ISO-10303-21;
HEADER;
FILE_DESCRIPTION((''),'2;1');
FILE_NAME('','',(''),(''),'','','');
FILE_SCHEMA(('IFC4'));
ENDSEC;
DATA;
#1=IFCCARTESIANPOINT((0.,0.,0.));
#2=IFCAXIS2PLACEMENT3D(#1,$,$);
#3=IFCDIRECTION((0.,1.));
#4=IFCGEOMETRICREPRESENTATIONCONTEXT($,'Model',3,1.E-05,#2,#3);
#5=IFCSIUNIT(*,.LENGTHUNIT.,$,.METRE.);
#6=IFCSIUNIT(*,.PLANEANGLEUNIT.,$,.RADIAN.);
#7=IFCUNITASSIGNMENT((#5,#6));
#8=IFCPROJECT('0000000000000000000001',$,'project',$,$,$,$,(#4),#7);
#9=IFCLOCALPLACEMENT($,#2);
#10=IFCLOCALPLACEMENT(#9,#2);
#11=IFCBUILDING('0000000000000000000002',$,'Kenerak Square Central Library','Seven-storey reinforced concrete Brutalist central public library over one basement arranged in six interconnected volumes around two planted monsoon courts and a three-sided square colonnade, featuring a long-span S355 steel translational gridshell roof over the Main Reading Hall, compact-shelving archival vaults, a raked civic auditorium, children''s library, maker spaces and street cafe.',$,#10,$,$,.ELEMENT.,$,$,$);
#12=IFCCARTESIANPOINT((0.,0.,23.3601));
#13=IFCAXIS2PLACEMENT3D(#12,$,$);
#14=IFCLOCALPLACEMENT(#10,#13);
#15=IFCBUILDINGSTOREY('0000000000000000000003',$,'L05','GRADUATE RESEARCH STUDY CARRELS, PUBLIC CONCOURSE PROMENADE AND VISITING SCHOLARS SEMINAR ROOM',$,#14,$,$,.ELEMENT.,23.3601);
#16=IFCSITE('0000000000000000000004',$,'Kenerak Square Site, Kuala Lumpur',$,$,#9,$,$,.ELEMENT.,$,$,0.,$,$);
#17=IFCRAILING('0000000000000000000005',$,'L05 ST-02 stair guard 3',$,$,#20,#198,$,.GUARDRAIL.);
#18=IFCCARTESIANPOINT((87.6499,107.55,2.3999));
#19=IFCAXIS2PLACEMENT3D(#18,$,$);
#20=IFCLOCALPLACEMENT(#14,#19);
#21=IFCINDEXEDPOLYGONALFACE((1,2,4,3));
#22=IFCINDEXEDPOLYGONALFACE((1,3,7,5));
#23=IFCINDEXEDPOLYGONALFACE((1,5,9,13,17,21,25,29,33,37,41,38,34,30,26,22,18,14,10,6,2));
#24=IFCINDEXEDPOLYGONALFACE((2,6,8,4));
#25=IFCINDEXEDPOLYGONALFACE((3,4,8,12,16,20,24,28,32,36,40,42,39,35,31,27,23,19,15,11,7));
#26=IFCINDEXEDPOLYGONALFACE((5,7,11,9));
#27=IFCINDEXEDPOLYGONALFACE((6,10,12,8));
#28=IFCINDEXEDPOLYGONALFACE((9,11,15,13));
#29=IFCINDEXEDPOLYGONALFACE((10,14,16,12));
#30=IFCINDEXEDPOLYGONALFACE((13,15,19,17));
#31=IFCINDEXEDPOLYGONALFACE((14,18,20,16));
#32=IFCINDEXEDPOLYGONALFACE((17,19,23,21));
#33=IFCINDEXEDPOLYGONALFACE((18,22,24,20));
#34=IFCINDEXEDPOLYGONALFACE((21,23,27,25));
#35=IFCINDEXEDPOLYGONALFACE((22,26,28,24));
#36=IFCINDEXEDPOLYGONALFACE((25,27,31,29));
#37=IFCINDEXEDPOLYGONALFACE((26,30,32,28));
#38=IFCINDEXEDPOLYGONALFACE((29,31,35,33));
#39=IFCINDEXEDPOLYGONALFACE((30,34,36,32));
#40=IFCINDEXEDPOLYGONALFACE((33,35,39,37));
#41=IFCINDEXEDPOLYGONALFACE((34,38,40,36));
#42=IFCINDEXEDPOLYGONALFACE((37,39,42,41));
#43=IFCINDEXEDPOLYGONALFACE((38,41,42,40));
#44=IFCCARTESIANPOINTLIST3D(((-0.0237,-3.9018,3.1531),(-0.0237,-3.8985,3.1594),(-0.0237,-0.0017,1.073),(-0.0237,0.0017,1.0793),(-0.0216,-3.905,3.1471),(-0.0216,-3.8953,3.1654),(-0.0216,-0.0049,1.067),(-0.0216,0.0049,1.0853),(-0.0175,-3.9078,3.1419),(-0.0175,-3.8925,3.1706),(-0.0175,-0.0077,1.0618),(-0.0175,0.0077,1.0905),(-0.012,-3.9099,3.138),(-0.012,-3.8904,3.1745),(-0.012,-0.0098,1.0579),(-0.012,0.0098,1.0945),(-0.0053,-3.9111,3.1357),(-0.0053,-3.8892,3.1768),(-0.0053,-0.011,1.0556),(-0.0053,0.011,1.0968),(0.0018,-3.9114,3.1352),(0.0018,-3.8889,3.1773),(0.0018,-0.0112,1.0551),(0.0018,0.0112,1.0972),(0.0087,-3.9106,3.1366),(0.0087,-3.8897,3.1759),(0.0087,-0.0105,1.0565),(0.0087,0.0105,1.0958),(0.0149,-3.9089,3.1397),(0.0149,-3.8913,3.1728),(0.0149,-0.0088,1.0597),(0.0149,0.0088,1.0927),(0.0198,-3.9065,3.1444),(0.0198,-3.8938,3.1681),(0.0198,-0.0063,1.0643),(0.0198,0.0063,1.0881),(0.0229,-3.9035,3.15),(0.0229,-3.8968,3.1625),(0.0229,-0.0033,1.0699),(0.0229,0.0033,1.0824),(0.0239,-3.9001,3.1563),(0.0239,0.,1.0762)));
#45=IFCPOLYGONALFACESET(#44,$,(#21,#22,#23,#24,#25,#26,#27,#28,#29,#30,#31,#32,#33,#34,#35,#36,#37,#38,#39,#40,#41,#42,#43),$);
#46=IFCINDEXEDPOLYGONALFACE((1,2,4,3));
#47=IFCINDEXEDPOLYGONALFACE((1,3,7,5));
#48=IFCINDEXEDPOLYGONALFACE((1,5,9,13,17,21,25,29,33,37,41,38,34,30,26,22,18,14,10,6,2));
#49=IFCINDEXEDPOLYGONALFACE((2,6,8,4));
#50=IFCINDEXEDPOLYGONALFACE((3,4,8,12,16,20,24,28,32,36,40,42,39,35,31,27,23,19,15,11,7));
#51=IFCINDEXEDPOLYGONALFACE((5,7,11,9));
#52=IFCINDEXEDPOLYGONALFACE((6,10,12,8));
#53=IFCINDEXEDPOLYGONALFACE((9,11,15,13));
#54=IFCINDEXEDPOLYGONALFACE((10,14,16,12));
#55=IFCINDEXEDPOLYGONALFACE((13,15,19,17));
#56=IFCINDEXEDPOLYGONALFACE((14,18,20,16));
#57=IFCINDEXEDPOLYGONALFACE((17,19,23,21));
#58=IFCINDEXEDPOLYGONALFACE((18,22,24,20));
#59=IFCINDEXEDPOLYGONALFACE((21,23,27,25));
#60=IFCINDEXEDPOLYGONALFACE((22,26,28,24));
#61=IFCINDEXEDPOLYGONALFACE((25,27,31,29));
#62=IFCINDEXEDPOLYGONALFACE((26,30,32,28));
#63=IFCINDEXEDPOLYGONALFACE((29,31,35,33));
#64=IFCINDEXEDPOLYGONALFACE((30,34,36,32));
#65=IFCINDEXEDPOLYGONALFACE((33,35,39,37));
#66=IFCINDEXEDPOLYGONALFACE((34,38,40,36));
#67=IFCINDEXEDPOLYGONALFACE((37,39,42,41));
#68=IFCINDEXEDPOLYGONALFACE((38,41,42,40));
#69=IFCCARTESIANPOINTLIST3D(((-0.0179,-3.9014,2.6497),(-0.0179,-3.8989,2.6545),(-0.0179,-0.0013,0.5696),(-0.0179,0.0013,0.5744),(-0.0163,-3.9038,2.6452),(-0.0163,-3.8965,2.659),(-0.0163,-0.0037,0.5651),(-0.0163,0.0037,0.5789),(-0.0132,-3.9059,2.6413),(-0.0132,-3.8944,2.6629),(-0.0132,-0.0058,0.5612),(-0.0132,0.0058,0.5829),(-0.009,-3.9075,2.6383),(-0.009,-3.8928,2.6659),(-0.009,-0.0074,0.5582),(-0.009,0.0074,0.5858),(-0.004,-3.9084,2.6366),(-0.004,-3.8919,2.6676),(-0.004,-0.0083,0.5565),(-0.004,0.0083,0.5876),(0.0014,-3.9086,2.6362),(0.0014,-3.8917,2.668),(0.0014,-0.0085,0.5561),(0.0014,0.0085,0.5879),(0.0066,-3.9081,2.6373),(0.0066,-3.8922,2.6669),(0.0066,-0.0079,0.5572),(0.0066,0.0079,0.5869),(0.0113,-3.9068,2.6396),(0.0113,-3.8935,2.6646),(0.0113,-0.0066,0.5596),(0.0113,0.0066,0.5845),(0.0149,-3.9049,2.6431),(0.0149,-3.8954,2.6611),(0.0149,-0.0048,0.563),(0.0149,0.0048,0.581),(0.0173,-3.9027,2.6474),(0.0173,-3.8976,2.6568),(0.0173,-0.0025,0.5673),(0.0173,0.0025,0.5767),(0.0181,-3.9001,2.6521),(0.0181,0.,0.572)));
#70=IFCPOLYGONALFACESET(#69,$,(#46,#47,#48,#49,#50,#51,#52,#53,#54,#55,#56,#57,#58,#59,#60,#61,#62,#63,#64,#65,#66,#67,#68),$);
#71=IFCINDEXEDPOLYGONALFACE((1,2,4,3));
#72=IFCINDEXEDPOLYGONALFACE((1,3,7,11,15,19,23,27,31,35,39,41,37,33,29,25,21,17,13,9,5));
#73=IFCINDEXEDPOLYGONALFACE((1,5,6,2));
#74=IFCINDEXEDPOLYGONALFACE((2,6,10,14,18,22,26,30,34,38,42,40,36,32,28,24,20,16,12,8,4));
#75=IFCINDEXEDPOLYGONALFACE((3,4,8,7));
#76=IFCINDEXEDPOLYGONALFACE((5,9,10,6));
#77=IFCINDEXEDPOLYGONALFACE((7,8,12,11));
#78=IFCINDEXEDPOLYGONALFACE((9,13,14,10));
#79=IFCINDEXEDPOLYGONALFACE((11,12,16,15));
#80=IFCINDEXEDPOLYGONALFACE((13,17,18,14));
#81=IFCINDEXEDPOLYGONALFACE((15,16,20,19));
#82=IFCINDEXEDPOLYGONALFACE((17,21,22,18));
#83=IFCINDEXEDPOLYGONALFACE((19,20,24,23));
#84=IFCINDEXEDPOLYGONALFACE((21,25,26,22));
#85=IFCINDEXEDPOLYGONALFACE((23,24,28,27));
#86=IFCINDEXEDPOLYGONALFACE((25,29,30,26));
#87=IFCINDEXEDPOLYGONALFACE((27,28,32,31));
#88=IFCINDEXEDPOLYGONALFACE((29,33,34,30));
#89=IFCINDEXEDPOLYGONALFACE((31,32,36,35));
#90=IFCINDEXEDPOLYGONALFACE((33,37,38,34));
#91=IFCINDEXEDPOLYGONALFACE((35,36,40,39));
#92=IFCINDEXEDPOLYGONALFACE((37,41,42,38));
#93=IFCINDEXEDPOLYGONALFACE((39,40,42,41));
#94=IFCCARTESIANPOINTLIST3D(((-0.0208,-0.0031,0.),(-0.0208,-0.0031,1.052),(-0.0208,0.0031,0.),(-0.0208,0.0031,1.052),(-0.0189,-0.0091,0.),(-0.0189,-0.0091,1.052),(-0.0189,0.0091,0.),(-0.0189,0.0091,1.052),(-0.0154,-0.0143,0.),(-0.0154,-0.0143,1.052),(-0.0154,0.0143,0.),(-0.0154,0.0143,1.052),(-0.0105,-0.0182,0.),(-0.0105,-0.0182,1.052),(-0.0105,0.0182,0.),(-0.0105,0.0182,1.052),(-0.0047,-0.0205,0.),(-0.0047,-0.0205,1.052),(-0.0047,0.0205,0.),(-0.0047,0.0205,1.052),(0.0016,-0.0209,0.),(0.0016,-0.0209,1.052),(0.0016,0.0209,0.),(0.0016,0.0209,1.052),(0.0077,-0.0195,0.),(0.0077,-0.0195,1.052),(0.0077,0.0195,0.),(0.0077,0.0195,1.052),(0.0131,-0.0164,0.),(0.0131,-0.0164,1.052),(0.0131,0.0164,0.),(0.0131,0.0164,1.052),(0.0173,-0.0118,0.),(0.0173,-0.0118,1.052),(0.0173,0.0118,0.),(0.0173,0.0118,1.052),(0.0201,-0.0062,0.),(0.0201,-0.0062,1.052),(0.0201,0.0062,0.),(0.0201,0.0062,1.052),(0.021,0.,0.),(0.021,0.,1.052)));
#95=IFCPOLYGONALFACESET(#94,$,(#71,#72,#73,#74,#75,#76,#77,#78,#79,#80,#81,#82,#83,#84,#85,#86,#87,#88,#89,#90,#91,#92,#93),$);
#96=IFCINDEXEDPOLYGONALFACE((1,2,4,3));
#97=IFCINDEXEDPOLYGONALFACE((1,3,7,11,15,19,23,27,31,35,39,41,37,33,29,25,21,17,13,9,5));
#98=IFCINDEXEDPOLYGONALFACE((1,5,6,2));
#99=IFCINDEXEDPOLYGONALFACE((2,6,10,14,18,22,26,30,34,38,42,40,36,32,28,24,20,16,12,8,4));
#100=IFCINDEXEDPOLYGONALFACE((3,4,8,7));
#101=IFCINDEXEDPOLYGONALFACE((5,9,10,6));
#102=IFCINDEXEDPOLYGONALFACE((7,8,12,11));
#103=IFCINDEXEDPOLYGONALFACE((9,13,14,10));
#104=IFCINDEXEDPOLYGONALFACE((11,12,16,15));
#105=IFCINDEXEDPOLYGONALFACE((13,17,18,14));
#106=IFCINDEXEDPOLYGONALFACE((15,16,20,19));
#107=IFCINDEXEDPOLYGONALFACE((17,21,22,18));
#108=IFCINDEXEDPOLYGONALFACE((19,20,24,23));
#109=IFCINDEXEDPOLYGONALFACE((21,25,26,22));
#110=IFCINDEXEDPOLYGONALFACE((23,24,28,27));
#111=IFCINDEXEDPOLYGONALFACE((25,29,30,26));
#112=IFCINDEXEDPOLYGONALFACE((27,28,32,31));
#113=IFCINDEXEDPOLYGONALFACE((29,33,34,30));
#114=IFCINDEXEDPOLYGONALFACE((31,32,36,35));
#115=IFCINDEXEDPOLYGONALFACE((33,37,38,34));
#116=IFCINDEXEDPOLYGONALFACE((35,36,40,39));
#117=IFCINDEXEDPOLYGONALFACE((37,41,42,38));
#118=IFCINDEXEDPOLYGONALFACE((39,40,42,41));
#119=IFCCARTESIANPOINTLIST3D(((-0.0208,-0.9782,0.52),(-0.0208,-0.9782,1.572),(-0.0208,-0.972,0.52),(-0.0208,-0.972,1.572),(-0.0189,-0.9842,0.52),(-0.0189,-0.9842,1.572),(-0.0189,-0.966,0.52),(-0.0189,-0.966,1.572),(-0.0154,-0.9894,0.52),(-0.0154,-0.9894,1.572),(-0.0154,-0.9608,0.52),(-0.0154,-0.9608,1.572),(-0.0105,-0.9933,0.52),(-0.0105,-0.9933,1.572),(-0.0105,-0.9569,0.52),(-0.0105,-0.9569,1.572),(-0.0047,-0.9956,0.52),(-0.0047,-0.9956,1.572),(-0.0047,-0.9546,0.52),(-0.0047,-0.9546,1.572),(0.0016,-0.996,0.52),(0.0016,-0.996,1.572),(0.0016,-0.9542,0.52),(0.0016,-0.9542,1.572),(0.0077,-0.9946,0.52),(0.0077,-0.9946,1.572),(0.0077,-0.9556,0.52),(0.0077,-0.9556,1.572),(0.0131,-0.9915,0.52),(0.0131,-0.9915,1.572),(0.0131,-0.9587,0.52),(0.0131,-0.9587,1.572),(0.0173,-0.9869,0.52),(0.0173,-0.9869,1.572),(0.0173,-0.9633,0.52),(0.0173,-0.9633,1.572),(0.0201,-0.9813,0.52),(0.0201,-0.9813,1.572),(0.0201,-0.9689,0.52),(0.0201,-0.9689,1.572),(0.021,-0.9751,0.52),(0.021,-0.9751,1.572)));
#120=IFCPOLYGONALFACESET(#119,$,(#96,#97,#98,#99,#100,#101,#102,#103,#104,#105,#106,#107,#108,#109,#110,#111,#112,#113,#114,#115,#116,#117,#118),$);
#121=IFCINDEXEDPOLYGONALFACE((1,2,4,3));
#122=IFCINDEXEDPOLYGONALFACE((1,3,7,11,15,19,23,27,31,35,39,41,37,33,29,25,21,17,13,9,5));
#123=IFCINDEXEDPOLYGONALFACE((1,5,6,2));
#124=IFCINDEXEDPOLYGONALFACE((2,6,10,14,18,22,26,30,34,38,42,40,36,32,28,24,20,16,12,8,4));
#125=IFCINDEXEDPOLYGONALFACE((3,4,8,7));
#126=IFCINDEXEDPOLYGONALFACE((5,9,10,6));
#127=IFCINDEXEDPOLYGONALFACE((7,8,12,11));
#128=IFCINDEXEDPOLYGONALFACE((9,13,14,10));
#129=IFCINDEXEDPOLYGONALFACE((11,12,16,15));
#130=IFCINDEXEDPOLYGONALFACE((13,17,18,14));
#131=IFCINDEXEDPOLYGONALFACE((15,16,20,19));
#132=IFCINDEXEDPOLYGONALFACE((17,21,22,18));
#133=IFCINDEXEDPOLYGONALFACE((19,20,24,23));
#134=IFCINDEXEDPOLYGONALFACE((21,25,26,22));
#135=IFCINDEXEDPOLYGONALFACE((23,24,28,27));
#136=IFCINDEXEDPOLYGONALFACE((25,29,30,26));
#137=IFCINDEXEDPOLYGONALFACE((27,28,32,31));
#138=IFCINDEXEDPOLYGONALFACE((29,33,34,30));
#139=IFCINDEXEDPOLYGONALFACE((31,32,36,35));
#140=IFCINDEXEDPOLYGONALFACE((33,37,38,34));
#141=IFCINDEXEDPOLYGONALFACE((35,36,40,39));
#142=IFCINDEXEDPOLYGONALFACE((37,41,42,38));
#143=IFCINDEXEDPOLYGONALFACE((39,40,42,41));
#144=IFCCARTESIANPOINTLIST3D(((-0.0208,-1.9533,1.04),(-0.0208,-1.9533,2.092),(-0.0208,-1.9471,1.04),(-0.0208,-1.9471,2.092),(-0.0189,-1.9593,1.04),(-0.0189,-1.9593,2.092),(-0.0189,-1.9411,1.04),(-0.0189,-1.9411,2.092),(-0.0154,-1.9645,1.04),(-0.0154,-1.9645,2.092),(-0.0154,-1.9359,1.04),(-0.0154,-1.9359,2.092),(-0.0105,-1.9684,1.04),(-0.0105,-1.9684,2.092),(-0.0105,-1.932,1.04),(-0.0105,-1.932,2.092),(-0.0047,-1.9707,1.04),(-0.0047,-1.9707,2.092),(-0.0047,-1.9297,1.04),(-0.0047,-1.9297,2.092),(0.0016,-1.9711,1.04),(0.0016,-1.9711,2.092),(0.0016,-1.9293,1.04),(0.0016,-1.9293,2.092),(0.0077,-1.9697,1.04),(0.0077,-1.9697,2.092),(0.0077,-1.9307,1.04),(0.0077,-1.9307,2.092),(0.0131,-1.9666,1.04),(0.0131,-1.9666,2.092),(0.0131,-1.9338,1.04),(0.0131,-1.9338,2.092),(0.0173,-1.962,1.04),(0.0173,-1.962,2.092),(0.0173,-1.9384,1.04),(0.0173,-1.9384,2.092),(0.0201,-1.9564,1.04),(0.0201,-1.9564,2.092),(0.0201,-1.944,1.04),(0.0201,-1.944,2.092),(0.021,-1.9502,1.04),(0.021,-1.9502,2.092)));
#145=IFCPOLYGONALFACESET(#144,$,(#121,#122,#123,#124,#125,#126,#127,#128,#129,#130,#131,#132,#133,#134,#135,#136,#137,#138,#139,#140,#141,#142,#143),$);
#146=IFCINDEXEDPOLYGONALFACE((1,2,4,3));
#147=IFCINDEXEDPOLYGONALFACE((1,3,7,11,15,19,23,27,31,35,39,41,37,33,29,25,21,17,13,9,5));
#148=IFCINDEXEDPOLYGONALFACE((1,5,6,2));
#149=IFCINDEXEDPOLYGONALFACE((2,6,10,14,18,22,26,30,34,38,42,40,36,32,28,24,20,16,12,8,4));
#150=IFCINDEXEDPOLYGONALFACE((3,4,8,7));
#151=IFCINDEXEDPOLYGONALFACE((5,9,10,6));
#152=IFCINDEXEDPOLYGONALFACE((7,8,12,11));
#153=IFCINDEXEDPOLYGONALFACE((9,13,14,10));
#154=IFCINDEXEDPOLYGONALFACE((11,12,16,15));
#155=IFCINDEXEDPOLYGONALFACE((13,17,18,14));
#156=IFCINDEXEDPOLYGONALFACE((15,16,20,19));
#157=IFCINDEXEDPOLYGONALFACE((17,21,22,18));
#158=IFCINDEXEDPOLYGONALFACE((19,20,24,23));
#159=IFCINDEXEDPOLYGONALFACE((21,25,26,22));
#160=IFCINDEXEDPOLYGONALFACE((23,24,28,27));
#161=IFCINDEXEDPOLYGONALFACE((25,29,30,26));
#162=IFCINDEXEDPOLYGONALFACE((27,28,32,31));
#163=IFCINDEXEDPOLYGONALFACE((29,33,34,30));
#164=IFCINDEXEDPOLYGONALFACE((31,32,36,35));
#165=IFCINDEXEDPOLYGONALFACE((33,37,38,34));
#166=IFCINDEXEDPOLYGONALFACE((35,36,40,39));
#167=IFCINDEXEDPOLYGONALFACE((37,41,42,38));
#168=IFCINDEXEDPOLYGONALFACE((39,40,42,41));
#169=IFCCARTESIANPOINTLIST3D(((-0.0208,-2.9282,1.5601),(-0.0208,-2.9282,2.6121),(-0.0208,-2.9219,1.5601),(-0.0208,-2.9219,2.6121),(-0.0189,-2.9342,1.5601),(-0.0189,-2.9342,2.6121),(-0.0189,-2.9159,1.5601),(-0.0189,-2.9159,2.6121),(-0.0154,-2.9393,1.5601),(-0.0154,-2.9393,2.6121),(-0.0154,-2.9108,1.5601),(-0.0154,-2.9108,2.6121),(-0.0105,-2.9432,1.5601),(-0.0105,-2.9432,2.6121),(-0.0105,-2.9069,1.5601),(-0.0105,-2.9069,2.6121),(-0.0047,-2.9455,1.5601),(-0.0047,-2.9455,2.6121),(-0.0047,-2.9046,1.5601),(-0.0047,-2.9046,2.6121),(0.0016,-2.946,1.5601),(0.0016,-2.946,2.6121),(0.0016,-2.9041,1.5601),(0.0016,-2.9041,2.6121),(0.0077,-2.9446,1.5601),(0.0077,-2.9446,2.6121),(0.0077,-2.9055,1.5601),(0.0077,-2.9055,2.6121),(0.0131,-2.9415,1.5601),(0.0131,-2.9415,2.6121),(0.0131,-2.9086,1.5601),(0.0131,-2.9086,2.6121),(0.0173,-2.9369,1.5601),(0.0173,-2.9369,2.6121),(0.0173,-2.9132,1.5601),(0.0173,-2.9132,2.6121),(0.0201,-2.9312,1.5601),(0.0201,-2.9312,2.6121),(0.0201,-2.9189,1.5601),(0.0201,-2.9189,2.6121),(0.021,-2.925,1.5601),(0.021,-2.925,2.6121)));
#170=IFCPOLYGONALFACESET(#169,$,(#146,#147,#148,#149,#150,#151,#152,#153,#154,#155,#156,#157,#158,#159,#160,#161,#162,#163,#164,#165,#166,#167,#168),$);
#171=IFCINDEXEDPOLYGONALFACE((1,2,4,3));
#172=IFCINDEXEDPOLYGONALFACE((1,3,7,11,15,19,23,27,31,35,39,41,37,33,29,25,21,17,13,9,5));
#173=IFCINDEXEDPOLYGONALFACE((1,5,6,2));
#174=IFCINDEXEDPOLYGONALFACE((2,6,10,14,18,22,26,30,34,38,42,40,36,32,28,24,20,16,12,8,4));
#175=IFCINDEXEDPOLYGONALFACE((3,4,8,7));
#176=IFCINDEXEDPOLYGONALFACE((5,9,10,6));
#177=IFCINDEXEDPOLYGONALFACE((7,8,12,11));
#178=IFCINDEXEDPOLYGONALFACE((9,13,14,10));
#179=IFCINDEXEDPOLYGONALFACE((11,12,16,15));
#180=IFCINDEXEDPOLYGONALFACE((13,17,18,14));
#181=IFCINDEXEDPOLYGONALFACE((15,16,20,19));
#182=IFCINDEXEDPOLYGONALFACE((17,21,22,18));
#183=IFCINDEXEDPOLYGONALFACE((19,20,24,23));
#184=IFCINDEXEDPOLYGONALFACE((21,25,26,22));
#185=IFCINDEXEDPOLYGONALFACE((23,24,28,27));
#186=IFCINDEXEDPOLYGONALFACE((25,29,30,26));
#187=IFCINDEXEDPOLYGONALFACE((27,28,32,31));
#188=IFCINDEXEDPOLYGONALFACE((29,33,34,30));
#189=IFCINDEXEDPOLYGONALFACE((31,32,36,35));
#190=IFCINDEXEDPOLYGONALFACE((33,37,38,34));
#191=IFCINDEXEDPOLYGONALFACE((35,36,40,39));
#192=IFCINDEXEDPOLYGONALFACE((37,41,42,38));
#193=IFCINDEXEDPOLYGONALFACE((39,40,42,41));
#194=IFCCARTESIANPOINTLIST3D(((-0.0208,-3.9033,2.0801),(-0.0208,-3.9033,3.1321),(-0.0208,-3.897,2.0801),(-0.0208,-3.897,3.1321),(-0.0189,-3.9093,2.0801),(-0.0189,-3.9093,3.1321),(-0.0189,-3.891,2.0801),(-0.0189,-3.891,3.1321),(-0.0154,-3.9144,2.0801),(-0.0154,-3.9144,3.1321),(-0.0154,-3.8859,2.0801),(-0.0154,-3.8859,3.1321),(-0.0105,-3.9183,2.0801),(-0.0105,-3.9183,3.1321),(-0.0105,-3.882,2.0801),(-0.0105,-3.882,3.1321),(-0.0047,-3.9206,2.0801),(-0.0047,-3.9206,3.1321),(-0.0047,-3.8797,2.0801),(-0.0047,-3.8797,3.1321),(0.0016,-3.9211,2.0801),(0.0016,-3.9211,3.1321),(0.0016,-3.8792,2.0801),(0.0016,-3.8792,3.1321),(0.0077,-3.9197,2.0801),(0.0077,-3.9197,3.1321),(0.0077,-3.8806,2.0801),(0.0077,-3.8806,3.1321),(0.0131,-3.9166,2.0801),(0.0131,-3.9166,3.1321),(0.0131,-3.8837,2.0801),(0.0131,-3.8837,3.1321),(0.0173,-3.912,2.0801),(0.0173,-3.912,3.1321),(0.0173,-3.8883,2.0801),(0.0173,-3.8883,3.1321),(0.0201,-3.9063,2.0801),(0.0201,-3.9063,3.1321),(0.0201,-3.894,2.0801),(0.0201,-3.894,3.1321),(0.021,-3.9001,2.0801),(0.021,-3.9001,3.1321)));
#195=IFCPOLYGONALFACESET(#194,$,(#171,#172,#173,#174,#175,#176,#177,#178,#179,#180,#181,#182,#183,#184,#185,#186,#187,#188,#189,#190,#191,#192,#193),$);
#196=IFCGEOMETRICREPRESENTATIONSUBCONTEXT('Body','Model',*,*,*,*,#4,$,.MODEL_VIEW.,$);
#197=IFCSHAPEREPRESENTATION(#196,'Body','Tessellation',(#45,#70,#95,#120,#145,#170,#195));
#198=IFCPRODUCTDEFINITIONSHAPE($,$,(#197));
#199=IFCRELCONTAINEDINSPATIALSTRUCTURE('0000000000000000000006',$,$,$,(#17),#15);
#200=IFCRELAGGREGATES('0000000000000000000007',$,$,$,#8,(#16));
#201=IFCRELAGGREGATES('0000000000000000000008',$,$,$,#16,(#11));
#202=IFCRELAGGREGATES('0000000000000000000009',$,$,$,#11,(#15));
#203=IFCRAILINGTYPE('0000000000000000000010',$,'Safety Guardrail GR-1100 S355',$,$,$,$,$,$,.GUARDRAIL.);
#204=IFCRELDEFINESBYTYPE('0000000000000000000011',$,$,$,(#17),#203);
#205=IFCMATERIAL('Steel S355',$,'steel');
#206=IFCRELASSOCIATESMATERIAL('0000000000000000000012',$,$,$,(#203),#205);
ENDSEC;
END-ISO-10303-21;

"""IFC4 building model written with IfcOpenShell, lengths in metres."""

from ifc_helpers import new_model, si_unit, direction, frame, origin, origin_2d, place, context, subcontext, project, spatial, circle, extrude, material, type_object, element, save


model = new_model("IFC4")

# Units and contexts
model_context = context("Model", 3, precision=1e-05, world=origin(), true_north=direction((0.0, 1.0)))
body_context = subcontext(model_context, "Body", "Model", "MODEL_VIEW")
ifc_project = project(units=[si_unit("LENGTHUNIT", "METRE"), si_unit("PLANEANGLEUNIT", "RADIAN")], contexts=[model_context])

# Site, building, storey
site_placement = place(None, origin())
site = spatial("IfcSite", under=ifc_project, at=site_placement, Name="Kenerak Square Site, Kuala Lumpur", CompositionType="ELEMENT", RefElevation=0.0)
building_placement = place(site_placement, origin())
building = spatial("IfcBuilding", under=site, at=building_placement, Name="Kenerak Square Central Library", Description="Seven-storey reinforced concrete Brutalist central public library over one basement arranged in six interconnected volumes around two planted monsoon courts and a three-sided square colonnade, featuring a long-span S355 steel translational gridshell roof over the Main Reading Hall, compact-shelving archival vaults, a raked civic auditorium, children's library, maker spaces and street cafe.", CompositionType="ELEMENT")
storey_placement = place(building_placement, frame((0.0, 0.0, 23.3601)))
storey = spatial("IfcBuildingStorey", under=building, at=storey_placement, Name="L05", Description="GRADUATE RESEARCH STUDY CARRELS, PUBLIC CONCOURSE PROMENADE AND VISITING SCHOLARS SEMINAR ROOM", CompositionType="ELEMENT", Elevation=23.3601)

# Railing
ifc_material_1 = material(Name="Steel S355", Category="steel")
railing_type_1 = type_object("IfcRailingType", Name="Safety Guardrail GR-1100 S355", PredefinedType="GUARDRAIL", material=ifc_material_1)
railing_1_placement = place(storey_placement, frame((87.6499, 107.55, 2.3999)))
element("IfcRailing", 1, at=railing_1_placement, inside=storey, type_object=railing_type_1, Name="L05 ST-02 stair guard 3", PredefinedType="GUARDRAIL", context=body_context, shape_type="SweptSolid", body=[
    extrude(circle(Radius=0.0239, at=origin_2d()), frame((0.0, 0.0, 1.0762), z_axis=(0.0, -0.882353, 0.470588), x_axis=(1.0, 0.0, 0.0)), (0.0, 0.0, 1.0), 4.4202),
    extrude(circle(Radius=0.0181, at=origin_2d()), frame((0.0, 0.0, 0.572), z_axis=(0.0, -0.882353, 0.470588), x_axis=(1.0, 0.0, 0.0)), (0.0, 0.0, 1.0), 4.4202),
    extrude(circle(Radius=0.021, at=origin_2d()), origin(), (0.0, 0.0, 1.0), 1.052),
    extrude(circle(Radius=0.021, at=origin_2d()), frame((0.0, -0.9751, 0.52)), (0.0, 0.0, 1.0), 1.052),
    extrude(circle(Radius=0.021, at=origin_2d()), frame((0.0, -1.9502, 1.04)), (0.0, 0.0, 1.0), 1.052),
    extrude(circle(Radius=0.021, at=origin_2d()), frame((0.0, -2.925, 1.5601)), (0.0, 0.0, 1.0), 1.052),
    extrude(circle(Radius=0.021, at=origin_2d()), frame((0.0, -3.9001, 2.0801)), (0.0, 0.0, 1.0), 1.052),
])

save(model, "model.ifc")
